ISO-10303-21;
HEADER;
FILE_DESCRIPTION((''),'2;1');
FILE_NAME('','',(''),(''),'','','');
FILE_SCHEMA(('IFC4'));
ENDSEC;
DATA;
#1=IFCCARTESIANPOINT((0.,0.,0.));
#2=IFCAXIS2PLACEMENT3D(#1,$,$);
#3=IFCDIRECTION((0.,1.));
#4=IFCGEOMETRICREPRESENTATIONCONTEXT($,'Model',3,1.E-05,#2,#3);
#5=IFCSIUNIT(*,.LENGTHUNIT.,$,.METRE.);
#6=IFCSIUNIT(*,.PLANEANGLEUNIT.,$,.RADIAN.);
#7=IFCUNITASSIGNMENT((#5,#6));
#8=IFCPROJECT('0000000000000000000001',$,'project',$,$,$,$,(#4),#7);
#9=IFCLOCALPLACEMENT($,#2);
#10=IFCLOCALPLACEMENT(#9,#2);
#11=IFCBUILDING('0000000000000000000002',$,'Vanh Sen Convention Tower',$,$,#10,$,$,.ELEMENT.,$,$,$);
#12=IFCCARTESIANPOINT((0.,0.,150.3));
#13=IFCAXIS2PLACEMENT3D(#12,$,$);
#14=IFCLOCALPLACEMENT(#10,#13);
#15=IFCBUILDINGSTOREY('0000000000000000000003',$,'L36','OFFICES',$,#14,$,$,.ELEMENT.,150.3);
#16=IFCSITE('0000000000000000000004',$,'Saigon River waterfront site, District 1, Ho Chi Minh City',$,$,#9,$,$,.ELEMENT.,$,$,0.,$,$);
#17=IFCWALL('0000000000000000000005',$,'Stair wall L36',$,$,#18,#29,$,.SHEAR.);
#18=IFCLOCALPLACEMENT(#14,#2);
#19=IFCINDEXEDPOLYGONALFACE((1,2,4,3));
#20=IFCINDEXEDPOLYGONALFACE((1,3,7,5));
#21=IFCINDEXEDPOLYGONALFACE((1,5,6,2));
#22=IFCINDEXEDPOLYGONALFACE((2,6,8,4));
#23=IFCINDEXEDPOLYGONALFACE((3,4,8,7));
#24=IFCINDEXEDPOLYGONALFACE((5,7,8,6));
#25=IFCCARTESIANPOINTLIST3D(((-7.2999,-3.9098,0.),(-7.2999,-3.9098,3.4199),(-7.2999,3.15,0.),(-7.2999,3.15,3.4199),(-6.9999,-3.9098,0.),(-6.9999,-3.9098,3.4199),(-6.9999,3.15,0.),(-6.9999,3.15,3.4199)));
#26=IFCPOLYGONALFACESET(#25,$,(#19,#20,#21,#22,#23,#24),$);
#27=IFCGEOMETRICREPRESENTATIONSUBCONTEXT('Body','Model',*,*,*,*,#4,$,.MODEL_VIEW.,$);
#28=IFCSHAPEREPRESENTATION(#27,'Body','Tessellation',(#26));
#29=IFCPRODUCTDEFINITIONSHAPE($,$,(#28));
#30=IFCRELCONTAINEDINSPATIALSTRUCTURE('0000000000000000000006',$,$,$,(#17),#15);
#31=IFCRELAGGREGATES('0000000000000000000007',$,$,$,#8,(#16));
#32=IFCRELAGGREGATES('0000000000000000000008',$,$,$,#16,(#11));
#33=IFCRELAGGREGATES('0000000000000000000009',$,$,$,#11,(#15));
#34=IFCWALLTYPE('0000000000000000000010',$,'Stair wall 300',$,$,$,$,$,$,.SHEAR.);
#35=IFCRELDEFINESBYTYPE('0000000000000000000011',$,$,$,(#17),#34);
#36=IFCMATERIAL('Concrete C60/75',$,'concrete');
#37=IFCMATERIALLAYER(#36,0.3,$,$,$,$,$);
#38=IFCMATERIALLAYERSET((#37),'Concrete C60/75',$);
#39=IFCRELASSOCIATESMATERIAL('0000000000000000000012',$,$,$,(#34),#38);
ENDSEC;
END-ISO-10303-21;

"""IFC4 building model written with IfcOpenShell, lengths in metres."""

from ifc_helpers import new_model, si_unit, direction, frame, frame_2d, origin, place, context, subcontext, project, spatial, rectangle, extrude, material, layer, layer_set, type_object, element, save


model = new_model("IFC4")

# Units and contexts
model_context = context("Model", 3, precision=1e-05, world=origin(), true_north=direction((0.0, 1.0)))
body_context = subcontext(model_context, "Body", "Model", "MODEL_VIEW")
ifc_project = project(units=[si_unit("LENGTHUNIT", "METRE"), si_unit("PLANEANGLEUNIT", "RADIAN")], contexts=[model_context])

# Site, building, storey
site_placement = place(None, origin())
site = spatial("IfcSite", under=ifc_project, at=site_placement, Name="Saigon River waterfront site, District 1, Ho Chi Minh City", CompositionType="ELEMENT", RefElevation=0.0)
building_placement = place(site_placement, origin())
building = spatial("IfcBuilding", under=site, at=building_placement, Name="Vanh Sen Convention Tower", CompositionType="ELEMENT")
storey_placement = place(building_placement, frame((0.0, 0.0, 150.3)))
storey = spatial("IfcBuildingStorey", under=building, at=storey_placement, Name="L36", Description="OFFICES", CompositionType="ELEMENT", Elevation=150.3)

# Shared definitions
ifc_material_1 = material(Name="Concrete C60/75", Category="concrete")

# Shared definitions
ifc_layer_1 = layer(ifc_material_1, 0.3)
ifc_layer_set_1 = layer_set([ifc_layer_1], Name="Concrete C60/75")
wall_type_1 = type_object("IfcWallType", Name="Stair wall 300", PredefinedType="SHEAR", material=ifc_layer_set_1)

# Wall
for number, where, z_axis, x_axis, name in (
    (1, (-7.1499, 3.1499, 0.0), (0.0, 0.0, 1.0), (0.0, -1.0, 0.0), "Stair wall L36"),
):
    element("IfcWall", number, at=place(storey_placement, frame(where, z_axis=z_axis, x_axis=x_axis)), inside=storey, type_object=wall_type_1, Name=name, PredefinedType="SHEAR", context=body_context, shape_type="SweptSolid", body=[
        extrude(rectangle(XDim=7.0598, YDim=0.3, at=frame_2d((3.5298, 0.0))), origin(), (0.0, 0.0, 1.0), 3.4199),
    ])

save(model, "model.ifc")
